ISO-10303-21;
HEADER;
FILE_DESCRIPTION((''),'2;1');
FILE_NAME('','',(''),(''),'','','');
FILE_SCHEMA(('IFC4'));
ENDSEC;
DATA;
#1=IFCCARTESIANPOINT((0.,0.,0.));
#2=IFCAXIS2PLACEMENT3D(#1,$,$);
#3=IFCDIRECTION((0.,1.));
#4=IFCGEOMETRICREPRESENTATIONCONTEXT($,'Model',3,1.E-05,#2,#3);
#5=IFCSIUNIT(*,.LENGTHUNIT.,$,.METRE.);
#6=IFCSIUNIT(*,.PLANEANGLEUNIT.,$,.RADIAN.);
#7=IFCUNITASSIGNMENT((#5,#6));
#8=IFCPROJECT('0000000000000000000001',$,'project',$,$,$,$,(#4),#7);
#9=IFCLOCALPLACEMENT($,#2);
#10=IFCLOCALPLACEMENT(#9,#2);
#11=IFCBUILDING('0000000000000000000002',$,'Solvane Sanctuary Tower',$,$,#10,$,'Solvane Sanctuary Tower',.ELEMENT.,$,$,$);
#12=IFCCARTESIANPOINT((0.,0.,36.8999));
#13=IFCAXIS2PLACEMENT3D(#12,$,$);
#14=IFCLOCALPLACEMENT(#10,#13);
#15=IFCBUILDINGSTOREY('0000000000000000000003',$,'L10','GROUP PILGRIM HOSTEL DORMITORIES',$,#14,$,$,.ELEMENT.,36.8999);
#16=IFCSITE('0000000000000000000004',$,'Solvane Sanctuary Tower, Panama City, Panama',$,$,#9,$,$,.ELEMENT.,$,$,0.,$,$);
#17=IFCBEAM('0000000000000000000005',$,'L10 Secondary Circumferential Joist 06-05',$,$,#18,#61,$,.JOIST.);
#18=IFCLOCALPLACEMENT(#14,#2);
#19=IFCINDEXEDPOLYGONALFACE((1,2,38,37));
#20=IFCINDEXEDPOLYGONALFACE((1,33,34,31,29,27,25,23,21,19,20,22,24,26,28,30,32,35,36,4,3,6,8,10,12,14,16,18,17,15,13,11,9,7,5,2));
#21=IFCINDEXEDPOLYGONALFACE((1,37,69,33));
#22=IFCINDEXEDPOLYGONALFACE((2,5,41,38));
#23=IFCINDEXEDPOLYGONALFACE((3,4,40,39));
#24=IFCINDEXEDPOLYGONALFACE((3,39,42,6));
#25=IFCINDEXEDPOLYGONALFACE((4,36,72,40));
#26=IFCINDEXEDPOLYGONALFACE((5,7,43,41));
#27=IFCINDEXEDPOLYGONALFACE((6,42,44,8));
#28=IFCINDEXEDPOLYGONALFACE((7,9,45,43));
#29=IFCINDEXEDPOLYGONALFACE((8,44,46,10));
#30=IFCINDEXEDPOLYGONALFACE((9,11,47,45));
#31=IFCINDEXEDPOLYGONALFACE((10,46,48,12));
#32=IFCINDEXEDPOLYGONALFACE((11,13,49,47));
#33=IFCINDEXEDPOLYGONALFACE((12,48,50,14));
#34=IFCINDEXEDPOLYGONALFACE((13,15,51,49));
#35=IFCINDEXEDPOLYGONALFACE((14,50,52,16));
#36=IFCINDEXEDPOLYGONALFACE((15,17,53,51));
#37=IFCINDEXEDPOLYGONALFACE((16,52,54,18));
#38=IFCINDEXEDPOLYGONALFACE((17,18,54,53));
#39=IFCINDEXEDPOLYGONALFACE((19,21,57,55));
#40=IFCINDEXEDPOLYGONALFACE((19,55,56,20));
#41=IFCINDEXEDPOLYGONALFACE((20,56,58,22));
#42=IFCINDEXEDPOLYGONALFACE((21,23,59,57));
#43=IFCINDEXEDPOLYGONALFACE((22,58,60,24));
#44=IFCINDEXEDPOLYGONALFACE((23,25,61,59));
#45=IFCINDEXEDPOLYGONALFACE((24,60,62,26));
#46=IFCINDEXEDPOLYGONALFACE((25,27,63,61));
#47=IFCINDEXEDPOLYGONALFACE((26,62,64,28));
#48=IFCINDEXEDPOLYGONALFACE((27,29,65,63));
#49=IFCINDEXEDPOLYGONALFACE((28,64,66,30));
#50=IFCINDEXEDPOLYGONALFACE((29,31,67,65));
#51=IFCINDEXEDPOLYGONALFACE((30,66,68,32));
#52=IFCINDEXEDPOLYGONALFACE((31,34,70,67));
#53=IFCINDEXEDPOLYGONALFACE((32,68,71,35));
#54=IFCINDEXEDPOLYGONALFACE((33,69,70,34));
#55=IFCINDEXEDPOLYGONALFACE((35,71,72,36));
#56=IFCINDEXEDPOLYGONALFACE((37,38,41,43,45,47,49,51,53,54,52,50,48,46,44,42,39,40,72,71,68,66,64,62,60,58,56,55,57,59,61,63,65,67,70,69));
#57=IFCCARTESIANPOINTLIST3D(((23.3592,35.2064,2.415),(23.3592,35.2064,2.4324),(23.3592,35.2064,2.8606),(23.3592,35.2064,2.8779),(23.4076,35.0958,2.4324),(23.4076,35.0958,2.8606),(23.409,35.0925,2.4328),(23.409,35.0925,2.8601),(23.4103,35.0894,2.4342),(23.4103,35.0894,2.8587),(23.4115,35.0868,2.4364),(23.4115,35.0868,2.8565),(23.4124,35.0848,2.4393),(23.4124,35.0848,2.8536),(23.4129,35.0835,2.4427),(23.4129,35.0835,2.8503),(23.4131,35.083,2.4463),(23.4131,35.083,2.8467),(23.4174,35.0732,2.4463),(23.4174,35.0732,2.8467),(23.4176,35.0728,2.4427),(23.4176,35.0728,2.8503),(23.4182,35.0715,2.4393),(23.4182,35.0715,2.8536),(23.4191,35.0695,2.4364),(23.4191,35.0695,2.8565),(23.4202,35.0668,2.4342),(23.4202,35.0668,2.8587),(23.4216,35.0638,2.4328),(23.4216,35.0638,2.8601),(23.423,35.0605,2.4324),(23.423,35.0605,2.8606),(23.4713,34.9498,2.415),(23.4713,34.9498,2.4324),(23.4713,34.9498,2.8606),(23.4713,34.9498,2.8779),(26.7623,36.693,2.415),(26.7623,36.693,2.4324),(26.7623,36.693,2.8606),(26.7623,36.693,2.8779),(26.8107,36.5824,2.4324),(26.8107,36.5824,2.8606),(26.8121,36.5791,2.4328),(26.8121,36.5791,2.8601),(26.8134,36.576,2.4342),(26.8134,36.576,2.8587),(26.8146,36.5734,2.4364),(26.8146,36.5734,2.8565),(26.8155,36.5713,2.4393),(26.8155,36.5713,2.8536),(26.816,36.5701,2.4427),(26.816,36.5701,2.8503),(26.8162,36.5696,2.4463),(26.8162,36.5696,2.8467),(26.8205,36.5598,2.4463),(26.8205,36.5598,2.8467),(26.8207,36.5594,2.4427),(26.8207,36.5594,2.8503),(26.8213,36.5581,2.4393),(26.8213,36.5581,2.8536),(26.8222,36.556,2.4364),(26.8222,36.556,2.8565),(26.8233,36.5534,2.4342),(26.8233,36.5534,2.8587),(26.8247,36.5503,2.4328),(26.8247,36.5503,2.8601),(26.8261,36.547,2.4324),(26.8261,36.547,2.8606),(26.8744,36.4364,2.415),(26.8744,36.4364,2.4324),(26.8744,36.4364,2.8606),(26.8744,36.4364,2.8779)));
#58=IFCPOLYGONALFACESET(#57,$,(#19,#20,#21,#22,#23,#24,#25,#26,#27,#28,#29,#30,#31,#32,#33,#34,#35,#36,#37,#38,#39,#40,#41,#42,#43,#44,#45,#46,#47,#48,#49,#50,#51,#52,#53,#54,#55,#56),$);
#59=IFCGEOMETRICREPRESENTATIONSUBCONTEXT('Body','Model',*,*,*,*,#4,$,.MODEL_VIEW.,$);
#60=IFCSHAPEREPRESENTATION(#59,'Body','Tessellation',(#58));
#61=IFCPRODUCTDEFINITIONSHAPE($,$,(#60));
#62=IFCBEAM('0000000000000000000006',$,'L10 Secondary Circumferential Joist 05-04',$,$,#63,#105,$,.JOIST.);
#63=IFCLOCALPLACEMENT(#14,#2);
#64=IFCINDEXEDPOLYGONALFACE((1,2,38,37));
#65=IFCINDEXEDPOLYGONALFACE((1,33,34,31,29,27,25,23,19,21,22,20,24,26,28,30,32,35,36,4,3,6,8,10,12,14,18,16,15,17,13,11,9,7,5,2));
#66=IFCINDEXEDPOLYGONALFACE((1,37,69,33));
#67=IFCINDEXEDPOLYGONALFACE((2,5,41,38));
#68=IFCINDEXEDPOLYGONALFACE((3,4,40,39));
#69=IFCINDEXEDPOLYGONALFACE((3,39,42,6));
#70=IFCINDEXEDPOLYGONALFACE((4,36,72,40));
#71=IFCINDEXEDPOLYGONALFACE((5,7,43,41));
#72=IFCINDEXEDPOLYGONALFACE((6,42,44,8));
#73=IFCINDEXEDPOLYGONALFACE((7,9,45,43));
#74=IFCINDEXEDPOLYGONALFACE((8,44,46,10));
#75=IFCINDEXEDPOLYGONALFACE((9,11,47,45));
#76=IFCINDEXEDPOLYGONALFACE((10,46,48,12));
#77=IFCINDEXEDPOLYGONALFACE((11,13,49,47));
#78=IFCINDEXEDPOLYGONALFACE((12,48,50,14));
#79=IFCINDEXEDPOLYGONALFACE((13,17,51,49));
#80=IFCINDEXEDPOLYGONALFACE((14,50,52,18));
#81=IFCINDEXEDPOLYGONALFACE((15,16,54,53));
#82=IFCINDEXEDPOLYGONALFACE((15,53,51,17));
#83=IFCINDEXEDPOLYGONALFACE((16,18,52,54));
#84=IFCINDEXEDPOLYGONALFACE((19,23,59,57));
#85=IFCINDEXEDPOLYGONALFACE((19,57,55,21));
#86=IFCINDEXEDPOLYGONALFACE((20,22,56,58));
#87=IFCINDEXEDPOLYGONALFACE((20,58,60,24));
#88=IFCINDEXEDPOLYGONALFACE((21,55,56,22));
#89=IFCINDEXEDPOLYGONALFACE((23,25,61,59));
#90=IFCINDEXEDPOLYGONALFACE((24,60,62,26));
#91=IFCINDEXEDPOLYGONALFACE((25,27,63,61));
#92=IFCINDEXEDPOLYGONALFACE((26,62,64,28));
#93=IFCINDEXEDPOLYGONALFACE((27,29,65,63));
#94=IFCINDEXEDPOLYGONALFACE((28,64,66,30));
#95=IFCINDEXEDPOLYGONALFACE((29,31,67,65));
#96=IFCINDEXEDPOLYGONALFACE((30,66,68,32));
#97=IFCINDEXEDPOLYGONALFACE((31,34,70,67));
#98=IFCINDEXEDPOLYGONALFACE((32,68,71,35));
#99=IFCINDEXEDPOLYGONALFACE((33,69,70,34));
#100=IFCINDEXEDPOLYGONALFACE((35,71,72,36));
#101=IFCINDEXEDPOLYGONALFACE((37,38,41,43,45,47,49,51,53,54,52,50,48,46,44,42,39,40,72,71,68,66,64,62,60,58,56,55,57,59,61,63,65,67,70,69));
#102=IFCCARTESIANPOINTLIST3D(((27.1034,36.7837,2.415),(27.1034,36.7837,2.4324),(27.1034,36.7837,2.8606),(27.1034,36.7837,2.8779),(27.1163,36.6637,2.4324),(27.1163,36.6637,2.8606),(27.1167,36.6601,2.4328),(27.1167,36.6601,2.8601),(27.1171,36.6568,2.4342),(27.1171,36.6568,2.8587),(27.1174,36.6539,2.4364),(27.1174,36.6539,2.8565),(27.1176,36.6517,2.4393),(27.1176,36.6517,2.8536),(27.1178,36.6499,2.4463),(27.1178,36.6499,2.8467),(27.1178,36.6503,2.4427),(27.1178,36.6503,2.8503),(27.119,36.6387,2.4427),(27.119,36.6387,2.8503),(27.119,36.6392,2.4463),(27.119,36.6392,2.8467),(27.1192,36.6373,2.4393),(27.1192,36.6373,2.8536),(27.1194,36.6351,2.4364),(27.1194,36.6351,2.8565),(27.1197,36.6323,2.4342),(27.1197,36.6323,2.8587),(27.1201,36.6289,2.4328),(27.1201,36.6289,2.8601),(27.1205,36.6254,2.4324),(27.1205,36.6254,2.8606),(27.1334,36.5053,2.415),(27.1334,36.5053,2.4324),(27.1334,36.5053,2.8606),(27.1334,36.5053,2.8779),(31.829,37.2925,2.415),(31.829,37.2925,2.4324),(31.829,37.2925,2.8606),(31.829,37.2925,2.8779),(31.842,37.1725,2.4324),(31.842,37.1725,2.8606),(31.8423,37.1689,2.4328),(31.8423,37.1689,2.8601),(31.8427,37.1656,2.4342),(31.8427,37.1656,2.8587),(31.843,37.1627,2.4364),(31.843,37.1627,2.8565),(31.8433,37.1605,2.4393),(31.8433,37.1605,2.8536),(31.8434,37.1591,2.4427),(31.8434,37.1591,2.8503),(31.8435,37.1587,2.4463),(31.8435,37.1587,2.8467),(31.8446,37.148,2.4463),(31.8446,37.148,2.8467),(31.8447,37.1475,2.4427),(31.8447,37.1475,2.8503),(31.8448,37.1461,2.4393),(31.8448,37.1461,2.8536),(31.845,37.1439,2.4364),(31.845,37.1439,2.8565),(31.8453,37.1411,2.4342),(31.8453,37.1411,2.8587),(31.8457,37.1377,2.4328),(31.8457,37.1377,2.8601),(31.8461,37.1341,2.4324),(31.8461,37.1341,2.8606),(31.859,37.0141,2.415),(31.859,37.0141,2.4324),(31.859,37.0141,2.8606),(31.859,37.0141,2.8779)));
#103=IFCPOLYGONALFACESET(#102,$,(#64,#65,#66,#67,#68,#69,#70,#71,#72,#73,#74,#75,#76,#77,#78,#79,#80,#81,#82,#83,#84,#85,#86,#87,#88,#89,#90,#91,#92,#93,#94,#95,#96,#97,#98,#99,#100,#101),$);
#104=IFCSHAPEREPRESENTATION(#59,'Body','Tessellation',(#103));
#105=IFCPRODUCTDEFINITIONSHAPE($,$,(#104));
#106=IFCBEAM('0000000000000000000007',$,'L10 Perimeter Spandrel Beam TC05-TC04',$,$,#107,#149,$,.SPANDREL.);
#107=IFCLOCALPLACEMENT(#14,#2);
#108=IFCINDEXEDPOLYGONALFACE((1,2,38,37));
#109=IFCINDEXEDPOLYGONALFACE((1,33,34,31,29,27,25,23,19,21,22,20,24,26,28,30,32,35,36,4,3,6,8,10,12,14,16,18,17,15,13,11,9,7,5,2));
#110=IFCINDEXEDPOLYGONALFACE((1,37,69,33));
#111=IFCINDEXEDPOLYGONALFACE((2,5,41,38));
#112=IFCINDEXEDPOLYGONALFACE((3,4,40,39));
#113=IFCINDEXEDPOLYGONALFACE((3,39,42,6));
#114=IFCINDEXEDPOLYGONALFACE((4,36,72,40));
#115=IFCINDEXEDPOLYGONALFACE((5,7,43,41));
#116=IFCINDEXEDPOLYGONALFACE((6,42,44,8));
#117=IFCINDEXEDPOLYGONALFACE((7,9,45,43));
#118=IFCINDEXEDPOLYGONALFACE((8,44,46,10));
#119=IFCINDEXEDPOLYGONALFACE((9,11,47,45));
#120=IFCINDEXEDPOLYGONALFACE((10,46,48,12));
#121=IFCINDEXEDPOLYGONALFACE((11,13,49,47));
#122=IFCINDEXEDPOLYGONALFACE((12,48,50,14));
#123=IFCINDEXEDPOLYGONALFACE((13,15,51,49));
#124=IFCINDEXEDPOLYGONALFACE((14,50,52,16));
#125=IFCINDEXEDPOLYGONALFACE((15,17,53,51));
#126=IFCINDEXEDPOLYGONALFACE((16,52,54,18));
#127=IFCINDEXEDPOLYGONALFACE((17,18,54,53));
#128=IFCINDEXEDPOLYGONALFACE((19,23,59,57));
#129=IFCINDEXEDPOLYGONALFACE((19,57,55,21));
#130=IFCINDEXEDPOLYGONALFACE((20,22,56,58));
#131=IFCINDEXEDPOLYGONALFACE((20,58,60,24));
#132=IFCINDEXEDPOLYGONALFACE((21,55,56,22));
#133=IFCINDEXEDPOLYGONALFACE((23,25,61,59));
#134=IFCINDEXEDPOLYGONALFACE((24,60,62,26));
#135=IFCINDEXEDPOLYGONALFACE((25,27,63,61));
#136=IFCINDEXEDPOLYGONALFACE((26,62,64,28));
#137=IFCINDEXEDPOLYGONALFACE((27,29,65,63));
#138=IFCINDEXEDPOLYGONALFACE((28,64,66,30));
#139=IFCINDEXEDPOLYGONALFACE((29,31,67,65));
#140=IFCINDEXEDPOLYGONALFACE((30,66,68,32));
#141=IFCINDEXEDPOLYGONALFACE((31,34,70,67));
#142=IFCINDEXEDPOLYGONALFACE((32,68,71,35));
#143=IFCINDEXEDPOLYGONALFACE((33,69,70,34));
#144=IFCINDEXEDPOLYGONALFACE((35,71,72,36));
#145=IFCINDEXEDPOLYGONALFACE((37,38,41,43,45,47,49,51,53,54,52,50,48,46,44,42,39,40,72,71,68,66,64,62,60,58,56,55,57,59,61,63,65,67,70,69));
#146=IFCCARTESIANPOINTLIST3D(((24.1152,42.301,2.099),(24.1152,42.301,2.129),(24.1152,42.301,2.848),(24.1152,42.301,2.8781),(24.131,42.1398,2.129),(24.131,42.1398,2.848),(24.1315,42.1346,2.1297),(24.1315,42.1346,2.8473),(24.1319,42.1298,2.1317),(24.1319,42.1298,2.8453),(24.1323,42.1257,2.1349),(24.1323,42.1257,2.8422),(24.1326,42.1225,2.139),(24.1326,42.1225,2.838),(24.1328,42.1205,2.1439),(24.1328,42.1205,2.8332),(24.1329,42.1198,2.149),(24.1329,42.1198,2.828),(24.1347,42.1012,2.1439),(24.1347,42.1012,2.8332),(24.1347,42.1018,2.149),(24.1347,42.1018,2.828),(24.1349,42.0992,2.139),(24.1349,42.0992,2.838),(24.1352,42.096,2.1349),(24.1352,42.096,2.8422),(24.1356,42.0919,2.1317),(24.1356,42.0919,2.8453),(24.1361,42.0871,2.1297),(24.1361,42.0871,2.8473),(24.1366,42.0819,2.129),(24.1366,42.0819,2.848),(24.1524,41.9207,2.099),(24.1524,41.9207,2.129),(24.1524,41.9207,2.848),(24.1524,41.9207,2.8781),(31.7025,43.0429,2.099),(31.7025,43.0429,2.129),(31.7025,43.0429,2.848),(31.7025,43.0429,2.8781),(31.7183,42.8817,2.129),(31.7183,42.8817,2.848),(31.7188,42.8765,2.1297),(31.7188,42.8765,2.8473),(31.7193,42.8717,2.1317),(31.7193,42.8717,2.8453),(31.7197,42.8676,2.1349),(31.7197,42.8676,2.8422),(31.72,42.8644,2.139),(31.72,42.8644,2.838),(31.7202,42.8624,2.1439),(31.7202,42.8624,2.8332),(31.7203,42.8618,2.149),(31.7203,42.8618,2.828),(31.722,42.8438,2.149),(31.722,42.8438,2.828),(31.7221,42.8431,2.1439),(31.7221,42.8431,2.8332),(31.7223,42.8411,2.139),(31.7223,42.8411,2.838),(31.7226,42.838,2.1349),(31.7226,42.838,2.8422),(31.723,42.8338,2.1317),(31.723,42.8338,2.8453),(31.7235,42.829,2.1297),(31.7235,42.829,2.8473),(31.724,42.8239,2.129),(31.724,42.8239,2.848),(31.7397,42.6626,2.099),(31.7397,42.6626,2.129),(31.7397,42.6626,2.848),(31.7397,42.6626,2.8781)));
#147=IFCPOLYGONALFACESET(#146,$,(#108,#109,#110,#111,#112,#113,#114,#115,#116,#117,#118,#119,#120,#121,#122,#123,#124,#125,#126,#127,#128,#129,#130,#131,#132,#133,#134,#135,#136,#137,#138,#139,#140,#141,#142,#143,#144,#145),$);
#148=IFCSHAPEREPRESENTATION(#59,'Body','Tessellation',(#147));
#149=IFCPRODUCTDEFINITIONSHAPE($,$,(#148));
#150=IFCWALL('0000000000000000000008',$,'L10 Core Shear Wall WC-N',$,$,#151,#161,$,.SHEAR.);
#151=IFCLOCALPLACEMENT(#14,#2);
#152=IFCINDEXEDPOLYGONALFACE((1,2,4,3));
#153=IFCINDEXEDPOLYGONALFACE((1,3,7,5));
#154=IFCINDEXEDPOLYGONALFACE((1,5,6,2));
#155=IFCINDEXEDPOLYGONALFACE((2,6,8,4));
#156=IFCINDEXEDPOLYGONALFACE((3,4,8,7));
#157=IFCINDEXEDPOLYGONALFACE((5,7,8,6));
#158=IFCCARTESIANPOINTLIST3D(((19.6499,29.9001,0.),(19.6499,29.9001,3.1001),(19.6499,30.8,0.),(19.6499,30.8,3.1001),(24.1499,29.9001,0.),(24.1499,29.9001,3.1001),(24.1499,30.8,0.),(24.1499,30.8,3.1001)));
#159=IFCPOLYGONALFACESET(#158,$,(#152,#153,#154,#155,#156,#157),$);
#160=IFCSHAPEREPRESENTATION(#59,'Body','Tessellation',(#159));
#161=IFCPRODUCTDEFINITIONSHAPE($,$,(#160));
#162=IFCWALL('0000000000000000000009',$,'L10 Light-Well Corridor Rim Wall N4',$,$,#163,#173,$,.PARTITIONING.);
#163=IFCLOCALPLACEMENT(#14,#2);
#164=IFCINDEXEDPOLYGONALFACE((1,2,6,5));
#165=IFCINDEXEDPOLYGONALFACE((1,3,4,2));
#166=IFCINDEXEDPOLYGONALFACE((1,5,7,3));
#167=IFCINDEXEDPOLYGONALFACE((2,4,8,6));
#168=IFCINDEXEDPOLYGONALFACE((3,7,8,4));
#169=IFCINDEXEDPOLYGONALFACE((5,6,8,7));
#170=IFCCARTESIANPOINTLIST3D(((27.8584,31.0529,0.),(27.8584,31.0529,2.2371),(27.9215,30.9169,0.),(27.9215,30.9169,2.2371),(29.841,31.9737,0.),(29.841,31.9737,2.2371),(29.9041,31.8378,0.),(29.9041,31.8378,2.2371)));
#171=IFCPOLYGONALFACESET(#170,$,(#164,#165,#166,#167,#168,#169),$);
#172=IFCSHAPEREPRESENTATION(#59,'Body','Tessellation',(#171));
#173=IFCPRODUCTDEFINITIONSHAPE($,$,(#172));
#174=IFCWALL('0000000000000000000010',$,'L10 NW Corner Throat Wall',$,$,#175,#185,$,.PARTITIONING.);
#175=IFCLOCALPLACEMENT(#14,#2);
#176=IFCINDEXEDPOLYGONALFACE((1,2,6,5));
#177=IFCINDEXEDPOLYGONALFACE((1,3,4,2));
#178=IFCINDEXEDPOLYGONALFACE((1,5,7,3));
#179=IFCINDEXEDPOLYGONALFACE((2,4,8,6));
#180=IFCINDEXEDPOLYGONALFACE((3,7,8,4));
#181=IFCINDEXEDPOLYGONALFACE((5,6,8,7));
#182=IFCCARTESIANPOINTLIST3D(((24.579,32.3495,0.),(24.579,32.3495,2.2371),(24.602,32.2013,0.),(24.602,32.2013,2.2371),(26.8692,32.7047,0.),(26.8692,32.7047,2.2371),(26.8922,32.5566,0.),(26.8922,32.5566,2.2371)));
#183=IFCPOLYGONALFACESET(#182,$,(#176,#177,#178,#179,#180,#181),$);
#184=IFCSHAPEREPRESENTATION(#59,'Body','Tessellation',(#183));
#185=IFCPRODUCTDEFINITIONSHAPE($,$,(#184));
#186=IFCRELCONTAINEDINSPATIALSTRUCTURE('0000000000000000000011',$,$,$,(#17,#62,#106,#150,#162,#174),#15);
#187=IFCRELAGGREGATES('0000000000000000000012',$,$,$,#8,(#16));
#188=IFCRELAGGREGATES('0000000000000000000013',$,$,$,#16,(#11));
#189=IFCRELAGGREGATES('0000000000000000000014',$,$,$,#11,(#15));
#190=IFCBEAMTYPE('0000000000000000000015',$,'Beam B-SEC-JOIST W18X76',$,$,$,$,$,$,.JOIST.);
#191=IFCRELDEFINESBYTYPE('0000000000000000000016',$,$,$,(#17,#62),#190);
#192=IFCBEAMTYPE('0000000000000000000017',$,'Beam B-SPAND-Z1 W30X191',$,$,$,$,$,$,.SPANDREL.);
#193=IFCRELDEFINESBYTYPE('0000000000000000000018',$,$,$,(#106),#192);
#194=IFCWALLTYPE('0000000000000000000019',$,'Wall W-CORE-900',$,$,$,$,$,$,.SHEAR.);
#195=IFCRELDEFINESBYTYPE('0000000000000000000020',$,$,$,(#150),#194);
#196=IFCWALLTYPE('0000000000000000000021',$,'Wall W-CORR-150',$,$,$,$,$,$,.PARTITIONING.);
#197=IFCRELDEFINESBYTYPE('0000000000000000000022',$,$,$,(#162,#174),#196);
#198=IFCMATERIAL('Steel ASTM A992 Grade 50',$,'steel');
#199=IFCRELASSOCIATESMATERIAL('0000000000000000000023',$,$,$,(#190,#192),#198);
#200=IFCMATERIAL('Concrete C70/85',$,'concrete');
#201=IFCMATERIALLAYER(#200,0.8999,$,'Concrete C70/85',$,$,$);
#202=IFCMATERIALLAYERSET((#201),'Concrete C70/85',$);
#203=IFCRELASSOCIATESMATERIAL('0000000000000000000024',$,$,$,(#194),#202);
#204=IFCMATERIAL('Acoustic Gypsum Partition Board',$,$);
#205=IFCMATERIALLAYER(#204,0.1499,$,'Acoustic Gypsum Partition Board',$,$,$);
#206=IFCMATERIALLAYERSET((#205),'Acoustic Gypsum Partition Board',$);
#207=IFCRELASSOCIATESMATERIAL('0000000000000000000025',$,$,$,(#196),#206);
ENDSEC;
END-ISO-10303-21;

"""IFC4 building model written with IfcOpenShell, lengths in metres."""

from ifc_helpers import new_model, si_unit, direction, frame, frame_2d, origin, origin_2d, place, context, subcontext, project, spatial, rectangle, i_section, extrude, material, layer, layer_set, material_profile, profile_set, type_object, element, save


model = new_model("IFC4")

# Units and contexts
model_context = context("Model", 3, precision=1e-05, world=origin(), true_north=direction((0.0, 1.0)))
body_context = subcontext(model_context, "Body", "Model", "MODEL_VIEW")
ifc_project = project(units=[si_unit("LENGTHUNIT", "METRE"), si_unit("PLANEANGLEUNIT", "RADIAN")], contexts=[model_context])

# Site, building, storey
site_placement = place(None, origin())
site = spatial("IfcSite", under=ifc_project, at=site_placement, Name="Solvane Sanctuary Tower, Panama City, Panama", CompositionType="ELEMENT", RefElevation=0.0)
building_placement = place(site_placement, origin())
building = spatial("IfcBuilding", under=site, at=building_placement, Name="Solvane Sanctuary Tower", LongName="Solvane Sanctuary Tower", CompositionType="ELEMENT")
storey_placement = place(building_placement, frame((0.0, 0.0, 36.8999)))
storey = spatial("IfcBuildingStorey", under=building, at=storey_placement, Name="L10", Description="GROUP PILGRIM HOSTEL DORMITORIES", CompositionType="ELEMENT", Elevation=36.8999)

# Shared definitions
ifc_material_1 = material(Name="Concrete C70/85", Category="concrete")

# Beams
ifc_material_2 = material(Name="Steel ASTM A992 Grade 50", Category="steel")
ifc_material_profile_1 = material_profile(ifc_material_2, i_section(OverallWidth=0.28, OverallDepth=0.4629, WebThickness=0.0107, FlangeThickness=0.0173, FilletRadius=0.0139, at=origin_2d()), Name="W18X76")
ifc_profile_set_1 = profile_set([ifc_material_profile_1], Name="Steel ASTM A992 Grade 50")
beam_type_1 = type_object("IfcBeamType", Name="Beam B-SEC-JOIST W18X76", PredefinedType="JOIST", material=ifc_profile_set_1)
beam_1_placement = place(storey_placement, frame((23.4153, 35.0781, 2.6465), z_axis=(0.916382, 0.400305, 0.0), x_axis=(-0.400305, 0.916382, 0.0)))
element("IfcBeam", 1, at=beam_1_placement, inside=storey, type_object=beam_type_1, Name="L10 Secondary Circumferential Joist 06-05", PredefinedType="JOIST", context=body_context, shape_type="SweptSolid", body=[
    extrude(i_section(OverallWidth=0.28, OverallDepth=0.4629, WebThickness=0.0107, FlangeThickness=0.0173, FilletRadius=0.0139, at=origin_2d()), origin(), (0.0, 0.0, 1.0), 3.7136),
])
beam_2_placement = place(storey_placement, frame((27.1184, 36.6445, 2.6465), z_axis=(0.994254, 0.107048, 0.0), x_axis=(-0.107048, 0.994254, 0.0)))
element("IfcBeam", 2, at=beam_2_placement, inside=storey, type_object=beam_type_1, Name="L10 Secondary Circumferential Joist 05-04", PredefinedType="JOIST", context=body_context, shape_type="SweptSolid", body=[
    extrude(i_section(OverallWidth=0.28, OverallDepth=0.4629, WebThickness=0.0107, FlangeThickness=0.0173, FilletRadius=0.0139, at=origin_2d()), origin(), (0.0, 0.0, 1.0), 4.7529),
])
ifc_material_profile_2 = material_profile(ifc_material_2, i_section(OverallWidth=0.3821, OverallDepth=0.7791, WebThickness=0.0181, FlangeThickness=0.03, FilletRadius=0.02, at=origin_2d()), Name="W30X191")
ifc_profile_set_2 = profile_set([ifc_material_profile_2], Name="Steel ASTM A992 Grade 50")
beam_type_2 = type_object("IfcBeamType", Name="Beam B-SPAND-Z1 W30X191", PredefinedType="SPANDREL", material=ifc_profile_set_2)
beam_3_placement = place(storey_placement, frame((24.1338, 42.1108, 2.4885), z_axis=(0.995253, 0.097322, 0.0), x_axis=(-0.097322, 0.995253, 0.0)))
element("IfcBeam", 3, at=beam_3_placement, inside=storey, type_object=beam_type_2, Name="L10 Perimeter Spandrel Beam TC05-TC04", PredefinedType="SPANDREL", context=body_context, shape_type="SweptSolid", body=[
    extrude(i_section(OverallWidth=0.3821, OverallDepth=0.7791, WebThickness=0.0181, FlangeThickness=0.03, FilletRadius=0.02, at=origin_2d()), origin(), (0.0, 0.0, 1.0), 7.6235),
])

# Walls
ifc_layer_1 = layer(ifc_material_1, 0.8999, Name="Concrete C70/85")
ifc_layer_set_1 = layer_set([ifc_layer_1], Name="Concrete C70/85")
wall_type_1 = type_object("IfcWallType", Name="Wall W-CORE-900", PredefinedType="SHEAR", material=ifc_layer_set_1)
wall_1_placement = place(storey_placement, frame((19.6499, 30.3501, 0.0), z_axis=(0.0, 0.0, 1.0), x_axis=(1.0, 0.0, 0.0)))
element("IfcWall", 4, at=wall_1_placement, inside=storey, type_object=wall_type_1, Name="L10 Core Shear Wall WC-N", PredefinedType="SHEAR", context=body_context, shape_type="SweptSolid", body=[
    extrude(rectangle(XDim=4.5, YDim=0.8999, at=frame_2d((2.25, 0.0))), origin(), (0.0, 0.0, 1.0), 3.1001),
])
ifc_material_3 = material(Name="Acoustic Gypsum Partition Board")
ifc_layer_2 = layer(ifc_material_3, 0.1499, Name="Acoustic Gypsum Partition Board")
ifc_layer_set_2 = layer_set([ifc_layer_2], Name="Acoustic Gypsum Partition Board")
wall_type_2 = type_object("IfcWallType", Name="Wall W-CORR-150", PredefinedType="PARTITIONING", material=ifc_layer_set_2)
wall_2_placement = place(storey_placement, frame((29.8726, 31.9058, 0.0), z_axis=(0.0, 0.0, 1.0), x_axis=(-0.906943, -0.421252, 0.0)))
element("IfcWall", 5, at=wall_2_placement, inside=storey, type_object=wall_type_2, Name="L10 Light-Well Corridor Rim Wall N4", PredefinedType="PARTITIONING", context=body_context, shape_type="SweptSolid", body=[
    extrude(rectangle(XDim=2.186, YDim=0.1499, at=frame_2d((1.093, 0.0))), origin(), (0.0, 0.0, 1.0), 2.2371),
])
wall_3_placement = place(storey_placement, frame((26.8806, 32.6306, 0.0), z_axis=(0.0, 0.0, 1.0), x_axis=(-0.988185, -0.153268, 0.0)))
element("IfcWall", 6, at=wall_3_placement, inside=storey, type_object=wall_type_2, Name="L10 NW Corner Throat Wall", PredefinedType="PARTITIONING", context=body_context, shape_type="SweptSolid", body=[
    extrude(rectangle(XDim=2.3176, YDim=0.1499, at=frame_2d((1.1587, 0.0))), origin(), (0.0, 0.0, 1.0), 2.2371),
])

save(model, "model.ifc")
